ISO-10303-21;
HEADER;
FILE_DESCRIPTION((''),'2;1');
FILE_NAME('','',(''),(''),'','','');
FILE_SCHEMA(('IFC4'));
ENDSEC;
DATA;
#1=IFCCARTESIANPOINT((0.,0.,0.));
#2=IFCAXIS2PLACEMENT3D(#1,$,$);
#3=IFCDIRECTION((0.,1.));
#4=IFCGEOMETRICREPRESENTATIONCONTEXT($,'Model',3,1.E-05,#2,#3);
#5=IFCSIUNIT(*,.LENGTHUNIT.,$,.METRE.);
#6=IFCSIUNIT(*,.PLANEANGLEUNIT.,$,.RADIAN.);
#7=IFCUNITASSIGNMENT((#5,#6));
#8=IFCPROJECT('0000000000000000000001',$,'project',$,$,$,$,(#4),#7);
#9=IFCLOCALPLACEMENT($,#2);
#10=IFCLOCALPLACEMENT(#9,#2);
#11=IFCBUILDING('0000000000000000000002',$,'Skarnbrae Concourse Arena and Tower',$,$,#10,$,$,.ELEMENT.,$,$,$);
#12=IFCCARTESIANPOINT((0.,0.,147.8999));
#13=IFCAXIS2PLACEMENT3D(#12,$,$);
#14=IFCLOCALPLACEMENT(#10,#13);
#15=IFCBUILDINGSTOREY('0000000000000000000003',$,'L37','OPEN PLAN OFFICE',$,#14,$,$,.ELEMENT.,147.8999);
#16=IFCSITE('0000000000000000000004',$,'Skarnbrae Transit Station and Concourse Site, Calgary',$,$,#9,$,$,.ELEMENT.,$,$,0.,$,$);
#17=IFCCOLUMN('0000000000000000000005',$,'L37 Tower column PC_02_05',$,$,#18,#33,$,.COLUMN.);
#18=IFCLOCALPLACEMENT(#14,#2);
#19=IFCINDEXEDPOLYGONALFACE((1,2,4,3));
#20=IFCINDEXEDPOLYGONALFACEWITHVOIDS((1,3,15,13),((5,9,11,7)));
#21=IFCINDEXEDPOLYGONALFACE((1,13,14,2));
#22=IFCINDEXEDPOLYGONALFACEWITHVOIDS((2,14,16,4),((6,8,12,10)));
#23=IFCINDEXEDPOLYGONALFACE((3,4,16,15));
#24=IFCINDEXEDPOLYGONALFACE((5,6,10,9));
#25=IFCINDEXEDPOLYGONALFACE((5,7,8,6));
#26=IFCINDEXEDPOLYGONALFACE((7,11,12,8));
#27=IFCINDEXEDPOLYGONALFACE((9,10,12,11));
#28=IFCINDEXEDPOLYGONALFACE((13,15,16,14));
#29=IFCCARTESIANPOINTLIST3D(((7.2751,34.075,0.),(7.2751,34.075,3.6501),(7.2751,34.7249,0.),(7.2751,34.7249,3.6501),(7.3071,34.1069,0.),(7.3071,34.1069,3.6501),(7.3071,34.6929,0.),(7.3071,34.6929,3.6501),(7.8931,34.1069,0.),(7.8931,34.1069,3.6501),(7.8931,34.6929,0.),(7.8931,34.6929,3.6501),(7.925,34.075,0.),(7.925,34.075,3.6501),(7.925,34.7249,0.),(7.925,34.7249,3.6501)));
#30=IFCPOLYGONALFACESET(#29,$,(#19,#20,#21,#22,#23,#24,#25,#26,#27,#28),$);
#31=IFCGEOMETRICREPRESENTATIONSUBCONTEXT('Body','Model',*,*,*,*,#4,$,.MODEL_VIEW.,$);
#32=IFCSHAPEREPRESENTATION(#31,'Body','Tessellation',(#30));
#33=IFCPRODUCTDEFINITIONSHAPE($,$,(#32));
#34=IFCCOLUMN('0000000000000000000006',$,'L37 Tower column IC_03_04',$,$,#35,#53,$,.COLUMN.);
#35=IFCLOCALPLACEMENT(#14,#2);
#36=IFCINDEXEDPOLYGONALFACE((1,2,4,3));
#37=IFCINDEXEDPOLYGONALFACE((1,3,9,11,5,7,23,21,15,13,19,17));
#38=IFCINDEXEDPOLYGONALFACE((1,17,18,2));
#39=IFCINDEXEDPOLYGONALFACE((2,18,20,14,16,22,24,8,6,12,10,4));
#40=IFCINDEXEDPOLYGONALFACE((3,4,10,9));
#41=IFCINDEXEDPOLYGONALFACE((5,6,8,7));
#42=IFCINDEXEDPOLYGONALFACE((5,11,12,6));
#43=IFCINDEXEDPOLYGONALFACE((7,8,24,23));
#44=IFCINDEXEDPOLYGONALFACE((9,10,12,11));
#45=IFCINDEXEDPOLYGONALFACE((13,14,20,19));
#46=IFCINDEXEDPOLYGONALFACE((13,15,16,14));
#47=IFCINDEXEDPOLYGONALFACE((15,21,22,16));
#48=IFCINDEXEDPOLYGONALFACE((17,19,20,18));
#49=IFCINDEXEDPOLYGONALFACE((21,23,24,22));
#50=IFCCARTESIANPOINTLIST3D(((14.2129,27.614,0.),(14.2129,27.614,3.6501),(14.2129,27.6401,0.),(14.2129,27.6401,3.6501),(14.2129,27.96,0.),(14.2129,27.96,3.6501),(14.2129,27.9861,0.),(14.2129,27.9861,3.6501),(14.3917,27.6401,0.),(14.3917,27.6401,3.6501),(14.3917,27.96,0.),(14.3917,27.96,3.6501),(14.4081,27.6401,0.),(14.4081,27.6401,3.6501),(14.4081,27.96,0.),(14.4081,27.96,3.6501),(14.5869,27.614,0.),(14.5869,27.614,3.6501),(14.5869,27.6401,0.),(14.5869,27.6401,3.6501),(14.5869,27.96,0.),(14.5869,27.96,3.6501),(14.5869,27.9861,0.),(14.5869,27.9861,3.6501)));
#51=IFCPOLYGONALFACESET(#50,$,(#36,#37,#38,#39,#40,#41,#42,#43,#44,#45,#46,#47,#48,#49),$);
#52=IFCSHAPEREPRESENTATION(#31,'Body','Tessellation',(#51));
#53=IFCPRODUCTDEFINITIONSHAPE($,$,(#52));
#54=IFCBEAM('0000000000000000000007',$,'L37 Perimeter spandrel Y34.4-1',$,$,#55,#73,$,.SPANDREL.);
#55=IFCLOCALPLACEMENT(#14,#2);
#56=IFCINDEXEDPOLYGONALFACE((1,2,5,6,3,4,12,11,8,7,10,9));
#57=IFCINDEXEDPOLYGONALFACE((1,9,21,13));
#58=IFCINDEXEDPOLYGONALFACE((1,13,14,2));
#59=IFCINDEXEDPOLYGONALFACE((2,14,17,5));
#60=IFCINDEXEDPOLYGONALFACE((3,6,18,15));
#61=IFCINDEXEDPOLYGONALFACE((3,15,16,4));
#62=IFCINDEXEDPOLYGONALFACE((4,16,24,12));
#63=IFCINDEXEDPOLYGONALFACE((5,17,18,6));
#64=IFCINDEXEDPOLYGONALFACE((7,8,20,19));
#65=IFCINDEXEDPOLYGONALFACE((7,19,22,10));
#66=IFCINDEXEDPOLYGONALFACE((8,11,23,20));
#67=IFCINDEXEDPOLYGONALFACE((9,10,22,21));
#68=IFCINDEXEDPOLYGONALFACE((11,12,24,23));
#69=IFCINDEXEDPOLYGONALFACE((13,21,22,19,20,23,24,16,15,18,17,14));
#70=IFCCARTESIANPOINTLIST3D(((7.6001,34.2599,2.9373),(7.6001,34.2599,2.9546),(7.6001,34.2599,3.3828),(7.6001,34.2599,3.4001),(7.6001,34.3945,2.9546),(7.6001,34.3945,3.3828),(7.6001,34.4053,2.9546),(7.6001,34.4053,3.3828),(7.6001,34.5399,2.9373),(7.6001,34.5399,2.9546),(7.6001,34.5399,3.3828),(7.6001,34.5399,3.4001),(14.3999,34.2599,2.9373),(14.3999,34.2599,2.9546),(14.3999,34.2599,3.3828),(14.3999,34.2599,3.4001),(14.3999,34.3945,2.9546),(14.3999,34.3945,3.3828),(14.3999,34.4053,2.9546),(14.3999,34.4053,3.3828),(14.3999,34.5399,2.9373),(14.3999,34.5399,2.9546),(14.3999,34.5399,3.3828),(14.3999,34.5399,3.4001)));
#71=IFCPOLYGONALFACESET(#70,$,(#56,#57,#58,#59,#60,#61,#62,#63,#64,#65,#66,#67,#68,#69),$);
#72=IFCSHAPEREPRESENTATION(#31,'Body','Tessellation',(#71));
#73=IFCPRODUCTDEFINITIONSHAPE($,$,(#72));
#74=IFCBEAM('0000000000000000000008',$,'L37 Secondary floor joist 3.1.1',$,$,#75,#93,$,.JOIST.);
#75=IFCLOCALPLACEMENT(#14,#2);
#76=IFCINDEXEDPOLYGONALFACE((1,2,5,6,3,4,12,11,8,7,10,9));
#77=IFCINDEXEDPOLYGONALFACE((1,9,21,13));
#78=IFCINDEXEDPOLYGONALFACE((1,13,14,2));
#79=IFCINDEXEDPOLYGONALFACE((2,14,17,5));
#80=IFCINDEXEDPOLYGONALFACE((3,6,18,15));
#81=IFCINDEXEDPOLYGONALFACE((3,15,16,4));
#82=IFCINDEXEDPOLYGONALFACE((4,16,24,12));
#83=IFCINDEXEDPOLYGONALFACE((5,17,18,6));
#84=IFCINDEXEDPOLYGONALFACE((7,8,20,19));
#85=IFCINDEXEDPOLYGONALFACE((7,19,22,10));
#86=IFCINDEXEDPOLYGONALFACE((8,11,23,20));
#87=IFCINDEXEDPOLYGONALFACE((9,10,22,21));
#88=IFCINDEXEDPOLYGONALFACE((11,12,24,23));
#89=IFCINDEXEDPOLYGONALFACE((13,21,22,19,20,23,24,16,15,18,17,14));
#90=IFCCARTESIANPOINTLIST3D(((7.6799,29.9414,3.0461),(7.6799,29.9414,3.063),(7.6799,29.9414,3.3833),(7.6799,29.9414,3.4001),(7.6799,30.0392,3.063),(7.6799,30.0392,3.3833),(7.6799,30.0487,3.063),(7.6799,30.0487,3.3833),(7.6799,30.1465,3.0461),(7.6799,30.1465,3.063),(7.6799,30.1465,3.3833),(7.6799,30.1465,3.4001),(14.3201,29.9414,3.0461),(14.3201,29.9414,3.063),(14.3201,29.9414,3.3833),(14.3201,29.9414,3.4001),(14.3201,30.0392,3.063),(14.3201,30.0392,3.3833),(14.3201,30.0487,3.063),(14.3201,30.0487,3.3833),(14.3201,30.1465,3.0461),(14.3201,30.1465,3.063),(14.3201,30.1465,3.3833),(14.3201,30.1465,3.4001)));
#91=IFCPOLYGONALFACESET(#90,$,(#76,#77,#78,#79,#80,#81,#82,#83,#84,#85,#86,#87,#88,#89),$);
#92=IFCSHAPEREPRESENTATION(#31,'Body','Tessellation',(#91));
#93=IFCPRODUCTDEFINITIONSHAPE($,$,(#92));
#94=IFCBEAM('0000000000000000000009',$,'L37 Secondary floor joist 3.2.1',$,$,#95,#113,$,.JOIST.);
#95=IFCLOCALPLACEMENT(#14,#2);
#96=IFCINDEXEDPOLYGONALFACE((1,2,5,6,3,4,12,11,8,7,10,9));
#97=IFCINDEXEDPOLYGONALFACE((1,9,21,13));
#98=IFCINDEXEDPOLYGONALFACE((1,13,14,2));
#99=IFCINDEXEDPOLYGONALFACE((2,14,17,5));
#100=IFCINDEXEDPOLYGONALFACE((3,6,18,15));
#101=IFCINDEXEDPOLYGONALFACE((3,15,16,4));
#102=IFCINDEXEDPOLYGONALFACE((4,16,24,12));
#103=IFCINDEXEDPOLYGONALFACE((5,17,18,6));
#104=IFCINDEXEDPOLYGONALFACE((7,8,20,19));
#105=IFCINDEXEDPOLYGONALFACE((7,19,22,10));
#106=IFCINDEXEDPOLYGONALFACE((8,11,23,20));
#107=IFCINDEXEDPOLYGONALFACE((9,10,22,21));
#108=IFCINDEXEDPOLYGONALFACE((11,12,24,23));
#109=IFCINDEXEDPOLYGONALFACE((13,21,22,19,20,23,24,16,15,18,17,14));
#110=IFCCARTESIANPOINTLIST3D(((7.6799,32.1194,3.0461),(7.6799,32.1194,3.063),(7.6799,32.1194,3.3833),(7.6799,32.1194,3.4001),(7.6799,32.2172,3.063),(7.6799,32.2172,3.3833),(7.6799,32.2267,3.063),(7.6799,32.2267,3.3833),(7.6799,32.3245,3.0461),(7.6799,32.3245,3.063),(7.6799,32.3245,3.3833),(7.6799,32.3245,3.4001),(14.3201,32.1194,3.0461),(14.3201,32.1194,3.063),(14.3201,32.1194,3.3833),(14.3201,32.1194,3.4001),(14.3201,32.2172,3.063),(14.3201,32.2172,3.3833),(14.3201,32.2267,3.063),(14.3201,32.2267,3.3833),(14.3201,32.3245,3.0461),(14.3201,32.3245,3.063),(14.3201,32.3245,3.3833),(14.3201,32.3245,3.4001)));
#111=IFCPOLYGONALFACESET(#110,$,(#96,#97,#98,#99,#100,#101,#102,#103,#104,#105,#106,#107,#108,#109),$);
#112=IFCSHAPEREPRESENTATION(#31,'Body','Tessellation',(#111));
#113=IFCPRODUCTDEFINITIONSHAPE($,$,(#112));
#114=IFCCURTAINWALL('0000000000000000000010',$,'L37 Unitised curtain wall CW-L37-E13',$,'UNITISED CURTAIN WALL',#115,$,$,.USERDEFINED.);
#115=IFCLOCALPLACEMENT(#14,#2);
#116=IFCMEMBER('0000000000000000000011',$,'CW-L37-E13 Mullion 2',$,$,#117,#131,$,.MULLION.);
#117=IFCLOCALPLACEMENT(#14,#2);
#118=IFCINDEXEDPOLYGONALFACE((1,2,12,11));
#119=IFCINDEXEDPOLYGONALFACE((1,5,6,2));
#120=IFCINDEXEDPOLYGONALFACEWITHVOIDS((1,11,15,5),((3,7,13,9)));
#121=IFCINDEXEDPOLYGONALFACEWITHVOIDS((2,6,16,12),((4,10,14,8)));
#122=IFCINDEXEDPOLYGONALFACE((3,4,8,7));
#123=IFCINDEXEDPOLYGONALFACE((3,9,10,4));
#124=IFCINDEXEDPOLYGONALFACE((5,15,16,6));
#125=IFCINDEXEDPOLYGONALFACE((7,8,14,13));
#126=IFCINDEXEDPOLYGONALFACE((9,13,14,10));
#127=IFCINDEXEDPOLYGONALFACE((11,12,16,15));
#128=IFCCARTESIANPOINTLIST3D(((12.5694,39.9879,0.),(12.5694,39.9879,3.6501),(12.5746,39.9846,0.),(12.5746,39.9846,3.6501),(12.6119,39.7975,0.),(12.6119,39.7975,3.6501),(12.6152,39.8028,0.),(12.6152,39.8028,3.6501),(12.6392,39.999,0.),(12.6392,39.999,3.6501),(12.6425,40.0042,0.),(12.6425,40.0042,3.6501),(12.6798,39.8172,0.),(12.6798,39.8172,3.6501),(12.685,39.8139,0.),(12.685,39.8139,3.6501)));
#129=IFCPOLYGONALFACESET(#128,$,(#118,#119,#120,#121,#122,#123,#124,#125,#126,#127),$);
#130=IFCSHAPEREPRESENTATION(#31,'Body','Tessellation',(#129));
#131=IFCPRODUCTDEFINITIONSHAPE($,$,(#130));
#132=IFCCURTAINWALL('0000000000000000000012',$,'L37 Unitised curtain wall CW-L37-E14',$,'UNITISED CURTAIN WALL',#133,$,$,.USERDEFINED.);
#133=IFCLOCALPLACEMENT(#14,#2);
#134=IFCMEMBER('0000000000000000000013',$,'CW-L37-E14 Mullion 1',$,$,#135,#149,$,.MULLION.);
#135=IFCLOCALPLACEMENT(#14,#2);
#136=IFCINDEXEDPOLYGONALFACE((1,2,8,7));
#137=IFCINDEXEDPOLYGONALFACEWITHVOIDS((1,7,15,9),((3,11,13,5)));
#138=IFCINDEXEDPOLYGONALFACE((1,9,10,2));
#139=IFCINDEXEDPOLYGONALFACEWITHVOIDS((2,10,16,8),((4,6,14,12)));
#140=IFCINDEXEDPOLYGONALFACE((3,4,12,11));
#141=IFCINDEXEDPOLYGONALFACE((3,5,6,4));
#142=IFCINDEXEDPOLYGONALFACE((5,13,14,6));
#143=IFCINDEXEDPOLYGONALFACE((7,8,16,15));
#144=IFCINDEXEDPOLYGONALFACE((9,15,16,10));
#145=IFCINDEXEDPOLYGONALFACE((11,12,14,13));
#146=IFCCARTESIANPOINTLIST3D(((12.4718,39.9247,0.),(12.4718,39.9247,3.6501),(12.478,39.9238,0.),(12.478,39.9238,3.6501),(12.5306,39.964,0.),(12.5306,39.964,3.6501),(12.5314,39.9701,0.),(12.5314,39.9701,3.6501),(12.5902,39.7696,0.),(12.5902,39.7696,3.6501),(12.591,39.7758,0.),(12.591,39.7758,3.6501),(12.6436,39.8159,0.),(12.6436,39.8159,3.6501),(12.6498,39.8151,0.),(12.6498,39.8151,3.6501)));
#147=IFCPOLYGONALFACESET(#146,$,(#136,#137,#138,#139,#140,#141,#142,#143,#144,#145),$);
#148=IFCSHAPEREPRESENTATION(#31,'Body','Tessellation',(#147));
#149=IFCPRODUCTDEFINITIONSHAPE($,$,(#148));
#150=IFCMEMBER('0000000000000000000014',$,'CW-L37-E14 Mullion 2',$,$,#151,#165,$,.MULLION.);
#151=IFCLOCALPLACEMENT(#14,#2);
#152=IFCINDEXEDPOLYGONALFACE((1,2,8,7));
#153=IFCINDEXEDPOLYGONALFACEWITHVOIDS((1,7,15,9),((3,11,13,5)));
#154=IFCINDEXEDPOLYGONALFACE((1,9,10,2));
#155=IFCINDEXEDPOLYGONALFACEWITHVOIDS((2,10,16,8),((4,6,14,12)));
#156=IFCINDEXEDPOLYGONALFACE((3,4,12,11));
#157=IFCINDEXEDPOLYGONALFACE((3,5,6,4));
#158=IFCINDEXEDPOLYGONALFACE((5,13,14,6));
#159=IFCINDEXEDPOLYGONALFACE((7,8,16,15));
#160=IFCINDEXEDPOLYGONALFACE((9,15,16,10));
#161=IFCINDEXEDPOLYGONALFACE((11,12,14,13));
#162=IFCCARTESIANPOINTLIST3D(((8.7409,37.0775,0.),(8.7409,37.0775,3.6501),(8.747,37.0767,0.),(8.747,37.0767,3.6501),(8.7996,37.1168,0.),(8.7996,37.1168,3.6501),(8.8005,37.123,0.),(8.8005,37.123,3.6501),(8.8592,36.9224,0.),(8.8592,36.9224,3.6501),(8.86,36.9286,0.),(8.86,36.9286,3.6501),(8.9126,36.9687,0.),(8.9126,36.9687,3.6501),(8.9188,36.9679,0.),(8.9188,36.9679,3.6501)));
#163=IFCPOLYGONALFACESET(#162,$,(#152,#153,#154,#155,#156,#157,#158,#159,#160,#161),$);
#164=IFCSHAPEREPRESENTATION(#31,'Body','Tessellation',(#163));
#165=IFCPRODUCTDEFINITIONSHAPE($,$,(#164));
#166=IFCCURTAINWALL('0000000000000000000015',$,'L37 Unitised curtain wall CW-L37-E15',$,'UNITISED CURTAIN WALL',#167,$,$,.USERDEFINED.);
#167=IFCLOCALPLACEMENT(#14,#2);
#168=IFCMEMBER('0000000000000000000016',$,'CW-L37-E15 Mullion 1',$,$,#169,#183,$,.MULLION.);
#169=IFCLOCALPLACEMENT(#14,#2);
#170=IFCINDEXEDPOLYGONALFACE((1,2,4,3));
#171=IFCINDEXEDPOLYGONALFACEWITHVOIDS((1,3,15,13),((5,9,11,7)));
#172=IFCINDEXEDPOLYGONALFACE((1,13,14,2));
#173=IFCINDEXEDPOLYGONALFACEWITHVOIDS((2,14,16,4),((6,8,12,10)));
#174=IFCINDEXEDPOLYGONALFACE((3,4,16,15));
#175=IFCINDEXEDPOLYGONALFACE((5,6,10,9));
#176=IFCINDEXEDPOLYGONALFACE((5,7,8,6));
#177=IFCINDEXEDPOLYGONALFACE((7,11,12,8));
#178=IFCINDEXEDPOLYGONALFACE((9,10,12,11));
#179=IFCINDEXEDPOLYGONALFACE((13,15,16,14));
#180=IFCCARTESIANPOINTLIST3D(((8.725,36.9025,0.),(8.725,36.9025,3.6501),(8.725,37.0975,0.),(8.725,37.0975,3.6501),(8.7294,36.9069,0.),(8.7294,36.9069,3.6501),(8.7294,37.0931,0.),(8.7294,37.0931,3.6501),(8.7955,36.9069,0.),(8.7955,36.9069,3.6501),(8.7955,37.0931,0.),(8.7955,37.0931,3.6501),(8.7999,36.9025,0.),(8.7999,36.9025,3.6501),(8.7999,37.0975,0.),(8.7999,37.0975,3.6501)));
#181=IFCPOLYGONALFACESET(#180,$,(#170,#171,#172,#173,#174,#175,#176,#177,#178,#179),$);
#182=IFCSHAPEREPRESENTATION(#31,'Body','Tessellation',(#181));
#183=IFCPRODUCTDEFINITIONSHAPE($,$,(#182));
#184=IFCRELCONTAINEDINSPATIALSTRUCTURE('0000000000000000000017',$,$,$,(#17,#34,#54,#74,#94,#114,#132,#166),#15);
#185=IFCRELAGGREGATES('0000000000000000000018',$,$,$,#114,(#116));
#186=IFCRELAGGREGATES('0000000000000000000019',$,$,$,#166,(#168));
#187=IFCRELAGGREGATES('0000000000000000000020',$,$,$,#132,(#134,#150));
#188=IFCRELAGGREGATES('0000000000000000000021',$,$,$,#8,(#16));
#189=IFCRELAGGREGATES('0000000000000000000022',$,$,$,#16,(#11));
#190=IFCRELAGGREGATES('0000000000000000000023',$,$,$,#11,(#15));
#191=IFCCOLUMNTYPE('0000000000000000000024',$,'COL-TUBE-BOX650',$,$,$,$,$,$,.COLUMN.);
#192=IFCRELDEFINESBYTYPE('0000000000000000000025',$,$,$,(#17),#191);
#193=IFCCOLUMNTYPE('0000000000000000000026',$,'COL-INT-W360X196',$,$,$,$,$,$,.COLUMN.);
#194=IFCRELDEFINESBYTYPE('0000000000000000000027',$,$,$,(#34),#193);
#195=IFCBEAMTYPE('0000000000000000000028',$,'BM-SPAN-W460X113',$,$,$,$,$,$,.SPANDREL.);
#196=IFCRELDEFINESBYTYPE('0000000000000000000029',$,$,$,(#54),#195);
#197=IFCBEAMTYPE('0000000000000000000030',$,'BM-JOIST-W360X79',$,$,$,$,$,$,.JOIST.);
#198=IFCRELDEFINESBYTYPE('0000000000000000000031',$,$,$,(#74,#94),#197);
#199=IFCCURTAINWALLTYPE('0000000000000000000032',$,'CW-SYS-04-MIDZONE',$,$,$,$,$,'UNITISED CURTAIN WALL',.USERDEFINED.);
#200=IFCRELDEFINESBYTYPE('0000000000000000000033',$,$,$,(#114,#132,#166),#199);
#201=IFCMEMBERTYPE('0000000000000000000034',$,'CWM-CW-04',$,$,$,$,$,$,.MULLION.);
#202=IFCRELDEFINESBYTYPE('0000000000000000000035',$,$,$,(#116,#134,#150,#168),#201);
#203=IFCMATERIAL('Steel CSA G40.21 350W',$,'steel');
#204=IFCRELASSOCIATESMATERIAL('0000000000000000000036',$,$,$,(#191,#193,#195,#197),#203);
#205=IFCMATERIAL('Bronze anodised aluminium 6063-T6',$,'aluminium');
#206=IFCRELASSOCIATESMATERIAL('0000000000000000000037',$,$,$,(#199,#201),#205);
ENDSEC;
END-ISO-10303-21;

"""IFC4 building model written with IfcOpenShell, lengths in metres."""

from ifc_helpers import new_model, si_unit, direction, frame, origin, origin_2d, place, context, subcontext, project, spatial, hollow_rectangle, i_section, extrude, source, transform, mapped, material, material_profile, profile_set, type_object, element, aggregate, save


model = new_model("IFC4")

# Units and contexts
model_context = context("Model", 3, precision=1e-05, world=origin(), true_north=direction((0.0, 1.0)))
body_context = subcontext(model_context, "Body", "Model", "MODEL_VIEW")
ifc_project = project(units=[si_unit("LENGTHUNIT", "METRE"), si_unit("PLANEANGLEUNIT", "RADIAN")], contexts=[model_context])

# Site, building, storey
site_placement = place(None, origin())
site = spatial("IfcSite", under=ifc_project, at=site_placement, Name="Skarnbrae Transit Station and Concourse Site, Calgary", CompositionType="ELEMENT", RefElevation=0.0)
building_placement = place(site_placement, origin())
building = spatial("IfcBuilding", under=site, at=building_placement, Name="Skarnbrae Concourse Arena and Tower", CompositionType="ELEMENT")
storey_placement = place(building_placement, frame((0.0, 0.0, 147.8999)))
storey = spatial("IfcBuildingStorey", under=building, at=storey_placement, Name="L37", Description="OPEN PLAN OFFICE", CompositionType="ELEMENT", Elevation=147.8999)

# Columns
ifc_material_1 = material(Name="Steel CSA G40.21 350W", Category="steel")
ifc_material_profile_1 = material_profile(ifc_material_1, hollow_rectangle(XDim=0.6499, YDim=0.6499, WallThickness=0.032, at=origin_2d()), Name="BOX650X650X32")
ifc_profile_set_1 = profile_set([ifc_material_profile_1], Name="Steel CSA G40.21 350W")
column_type_1 = type_object("IfcColumnType", Name="COL-TUBE-BOX650", PredefinedType="COLUMN", material=ifc_profile_set_1)
shared_shape_1 = source(origin(), body_context, "Body", "SweptSolid", [
    extrude(hollow_rectangle(XDim=0.6499, YDim=0.6499, WallThickness=0.032, at=origin_2d()), origin(), (0.0, 0.0, 1.0), 3.6501),
])
column_1_placement = place(storey_placement, frame((7.6001, 34.3999, 0.0), z_axis=(0.0, 0.0, 1.0), x_axis=(1.0, 0.0, 0.0)))
element("IfcColumn", 1, at=column_1_placement, inside=storey, type_object=column_type_1, Name="L37 Tower column PC_02_05", PredefinedType="COLUMN", context=body_context, shape_type="MappedRepresentation", body=[
    mapped(shared_shape_1, transform((0.0, 0.0, 0.0))),
])
ifc_material_profile_2 = material_profile(ifc_material_1, i_section(OverallWidth=0.374, OverallDepth=0.3721, WebThickness=0.0164, FlangeThickness=0.0261, at=origin_2d()), Name="W360X196")
ifc_profile_set_2 = profile_set([ifc_material_profile_2], Name="Steel CSA G40.21 350W")
column_type_2 = type_object("IfcColumnType", Name="COL-INT-W360X196", PredefinedType="COLUMN", material=ifc_profile_set_2)
shared_shape_2 = source(origin(), body_context, "Body", "SweptSolid", [
    extrude(i_section(OverallWidth=0.374, OverallDepth=0.3721, WebThickness=0.0164, FlangeThickness=0.0261, at=origin_2d()), origin(), (0.0, 0.0, 1.0), 3.6501),
])
column_2_placement = place(storey_placement, frame((14.3999, 27.8, 0.0), z_axis=(0.0, 0.0, 1.0), x_axis=(1.0, 0.0, 0.0)))
element("IfcColumn", 2, at=column_2_placement, inside=storey, type_object=column_type_2, Name="L37 Tower column IC_03_04", PredefinedType="COLUMN", context=body_context, shape_type="MappedRepresentation", body=[
    mapped(shared_shape_2, transform((0.0, 0.0, 0.0))),
])

# Beams
ifc_material_profile_3 = material_profile(ifc_material_1, i_section(OverallWidth=0.28, OverallDepth=0.4629, WebThickness=0.0107, FlangeThickness=0.0173, at=origin_2d()), Name="W460X113")
ifc_profile_set_3 = profile_set([ifc_material_profile_3], Name="Steel CSA G40.21 350W")
beam_type_1 = type_object("IfcBeamType", Name="BM-SPAN-W460X113", PredefinedType="SPANDREL", material=ifc_profile_set_3)
shared_shape_3 = source(origin(), body_context, "Body", "SweptSolid", [
    extrude(i_section(OverallWidth=0.28, OverallDepth=0.4629, WebThickness=0.0107, FlangeThickness=0.0173, at=origin_2d()), origin(), (0.0, 0.0, 1.0), 6.7998),
])
beam_placement = place(storey_placement, frame((7.6001, 34.3999, 3.1687), z_axis=(1.0, 0.0, 0.0), x_axis=(0.0, 1.0, 0.0)))
element("IfcBeam", 3, at=beam_placement, inside=storey, type_object=beam_type_1, Name="L37 Perimeter spandrel Y34.4-1", PredefinedType="SPANDREL", context=body_context, shape_type="MappedRepresentation", body=[
    mapped(shared_shape_3, transform((0.0, 0.0, 0.0))),
])
ifc_material_profile_4 = material_profile(ifc_material_1, i_section(OverallWidth=0.2051, OverallDepth=0.354, WebThickness=0.0095, FlangeThickness=0.0168, at=origin_2d()), Name="W360X79")
ifc_profile_set_4 = profile_set([ifc_material_profile_4], Name="Steel CSA G40.21 350W")
beam_type_2 = type_object("IfcBeamType", Name="BM-JOIST-W360X79", PredefinedType="JOIST", material=ifc_profile_set_4)
shared_shape_4 = source(origin(), body_context, "Body", "SweptSolid", [
    extrude(i_section(OverallWidth=0.2051, OverallDepth=0.354, WebThickness=0.0095, FlangeThickness=0.0168, at=origin_2d()), origin(), (0.0, 0.0, 1.0), 6.6401),
])
for number, where, z_axis, x_axis, name in (
    (4, (7.6799, 30.0439, 3.2231), (1.0, 0.0, 0.0), (0.0, 1.0, 0.0), "L37 Secondary floor joist 3.1.1"),
    (5, (7.6799, 32.2219, 3.2231), (1.0, 0.0, 0.0), (0.0, 1.0, 0.0), "L37 Secondary floor joist 3.2.1"),
):
    element("IfcBeam", number, at=place(storey_placement, frame(where, z_axis=z_axis, x_axis=x_axis)), inside=storey, type_object=beam_type_2, Name=name, PredefinedType="JOIST", context=body_context, shape_type="MappedRepresentation", body=[
        mapped(shared_shape_4, transform((0.0, 0.0, 0.0))),
    ])

# Curtain wall, member
ifc_material_2 = material(Name="Bronze anodised aluminium 6063-T6", Category="aluminium")
curtain_wall_type = type_object("IfcCurtainWallType", Name="CW-SYS-04-MIDZONE", ElementType="UNITISED CURTAIN WALL", PredefinedType="USERDEFINED", material=ifc_material_2)
curtain_wall_1_placement = place(storey_placement, origin())
curtain_wall_1 = element("IfcCurtainWall", 6, at=curtain_wall_1_placement, inside=storey, type_object=curtain_wall_type, Name="L37 Unitised curtain wall CW-L37-E13", ObjectType="UNITISED CURTAIN WALL", PredefinedType="USERDEFINED")
ifc_material_profile_5 = material_profile(ifc_material_2, hollow_rectangle(XDim=0.075, YDim=0.1951, WallThickness=0.0044, at=origin_2d()), Name="ALU-MULL-75X195")
ifc_profile_set_5 = profile_set([ifc_material_profile_5], Name="Bronze anodised aluminium 6063-T6")
member_type_1 = type_object("IfcMemberType", Name="CWM-CW-04", PredefinedType="MULLION", material=ifc_profile_set_5)
shared_shape_5 = source(origin(), body_context, "Body", "SweptSolid", [
    extrude(hollow_rectangle(XDim=0.075, YDim=0.1951, WallThickness=0.0044, at=origin_2d()), origin(), (0.0, 0.0, 1.0), 3.6501),
])
member_1_placement = place(storey_placement, frame((12.6272, 39.9009, 0.0), z_axis=(0.0, 0.0, 1.0), x_axis=(-0.975936, -0.218056, 0.0)))
member_1 = element("IfcMember", 7, at=member_1_placement, type_object=member_type_1, Name="CW-L37-E13 Mullion 2", PredefinedType="MULLION", context=body_context, shape_type="MappedRepresentation", body=[
    mapped(shared_shape_5, transform((0.0, 0.0, 0.0))),
])
aggregate(curtain_wall_1, [member_1])

# Curtain walls, members
curtain_wall_2_placement = place(storey_placement, origin())
curtain_wall_2 = element("IfcCurtainWall", 8, at=curtain_wall_2_placement, inside=storey, type_object=curtain_wall_type, Name="L37 Unitised curtain wall CW-L37-E14", ObjectType="UNITISED CURTAIN WALL", PredefinedType="USERDEFINED")
member_2_placement = place(storey_placement, frame((12.5608, 39.8699, 0.0), z_axis=(0.0, 0.0, 1.0), x_axis=(-0.794956, -0.606667, 0.0)))
member_2 = element("IfcMember", 9, at=member_2_placement, type_object=member_type_1, Name="CW-L37-E14 Mullion 1", PredefinedType="MULLION", context=body_context, shape_type="MappedRepresentation", body=[
    mapped(shared_shape_5, transform((0.0, 0.0, 0.0))),
])
member_3_placement = place(storey_placement, frame((8.8298, 37.0227, 0.0), z_axis=(0.0, 0.0, 1.0), x_axis=(-0.794956, -0.606667, 0.0)))
member_3 = element("IfcMember", 10, at=member_3_placement, type_object=member_type_1, Name="CW-L37-E14 Mullion 2", PredefinedType="MULLION", context=body_context, shape_type="MappedRepresentation", body=[
    mapped(shared_shape_5, transform((0.0, 0.0, 0.0))),
])
curtain_wall_3_placement = place(storey_placement, origin())
curtain_wall_3 = element("IfcCurtainWall", 11, at=curtain_wall_3_placement, inside=storey, type_object=curtain_wall_type, Name="L37 Unitised curtain wall CW-L37-E15", ObjectType="UNITISED CURTAIN WALL", PredefinedType="USERDEFINED")
member_4_placement = place(storey_placement, frame((8.7625, 37.0, 0.0), z_axis=(0.0, 0.0, 1.0), x_axis=(-1.0, 0.0, 0.0)))
member_4 = element("IfcMember", 12, at=member_4_placement, type_object=member_type_1, Name="CW-L37-E15 Mullion 1", PredefinedType="MULLION", context=body_context, shape_type="MappedRepresentation", body=[
    mapped(shared_shape_5, transform((0.0, 0.0, 0.0))),
])

aggregate(curtain_wall_3, [member_4])
aggregate(curtain_wall_2, [member_2, member_3])

save(model, "model.ifc")
